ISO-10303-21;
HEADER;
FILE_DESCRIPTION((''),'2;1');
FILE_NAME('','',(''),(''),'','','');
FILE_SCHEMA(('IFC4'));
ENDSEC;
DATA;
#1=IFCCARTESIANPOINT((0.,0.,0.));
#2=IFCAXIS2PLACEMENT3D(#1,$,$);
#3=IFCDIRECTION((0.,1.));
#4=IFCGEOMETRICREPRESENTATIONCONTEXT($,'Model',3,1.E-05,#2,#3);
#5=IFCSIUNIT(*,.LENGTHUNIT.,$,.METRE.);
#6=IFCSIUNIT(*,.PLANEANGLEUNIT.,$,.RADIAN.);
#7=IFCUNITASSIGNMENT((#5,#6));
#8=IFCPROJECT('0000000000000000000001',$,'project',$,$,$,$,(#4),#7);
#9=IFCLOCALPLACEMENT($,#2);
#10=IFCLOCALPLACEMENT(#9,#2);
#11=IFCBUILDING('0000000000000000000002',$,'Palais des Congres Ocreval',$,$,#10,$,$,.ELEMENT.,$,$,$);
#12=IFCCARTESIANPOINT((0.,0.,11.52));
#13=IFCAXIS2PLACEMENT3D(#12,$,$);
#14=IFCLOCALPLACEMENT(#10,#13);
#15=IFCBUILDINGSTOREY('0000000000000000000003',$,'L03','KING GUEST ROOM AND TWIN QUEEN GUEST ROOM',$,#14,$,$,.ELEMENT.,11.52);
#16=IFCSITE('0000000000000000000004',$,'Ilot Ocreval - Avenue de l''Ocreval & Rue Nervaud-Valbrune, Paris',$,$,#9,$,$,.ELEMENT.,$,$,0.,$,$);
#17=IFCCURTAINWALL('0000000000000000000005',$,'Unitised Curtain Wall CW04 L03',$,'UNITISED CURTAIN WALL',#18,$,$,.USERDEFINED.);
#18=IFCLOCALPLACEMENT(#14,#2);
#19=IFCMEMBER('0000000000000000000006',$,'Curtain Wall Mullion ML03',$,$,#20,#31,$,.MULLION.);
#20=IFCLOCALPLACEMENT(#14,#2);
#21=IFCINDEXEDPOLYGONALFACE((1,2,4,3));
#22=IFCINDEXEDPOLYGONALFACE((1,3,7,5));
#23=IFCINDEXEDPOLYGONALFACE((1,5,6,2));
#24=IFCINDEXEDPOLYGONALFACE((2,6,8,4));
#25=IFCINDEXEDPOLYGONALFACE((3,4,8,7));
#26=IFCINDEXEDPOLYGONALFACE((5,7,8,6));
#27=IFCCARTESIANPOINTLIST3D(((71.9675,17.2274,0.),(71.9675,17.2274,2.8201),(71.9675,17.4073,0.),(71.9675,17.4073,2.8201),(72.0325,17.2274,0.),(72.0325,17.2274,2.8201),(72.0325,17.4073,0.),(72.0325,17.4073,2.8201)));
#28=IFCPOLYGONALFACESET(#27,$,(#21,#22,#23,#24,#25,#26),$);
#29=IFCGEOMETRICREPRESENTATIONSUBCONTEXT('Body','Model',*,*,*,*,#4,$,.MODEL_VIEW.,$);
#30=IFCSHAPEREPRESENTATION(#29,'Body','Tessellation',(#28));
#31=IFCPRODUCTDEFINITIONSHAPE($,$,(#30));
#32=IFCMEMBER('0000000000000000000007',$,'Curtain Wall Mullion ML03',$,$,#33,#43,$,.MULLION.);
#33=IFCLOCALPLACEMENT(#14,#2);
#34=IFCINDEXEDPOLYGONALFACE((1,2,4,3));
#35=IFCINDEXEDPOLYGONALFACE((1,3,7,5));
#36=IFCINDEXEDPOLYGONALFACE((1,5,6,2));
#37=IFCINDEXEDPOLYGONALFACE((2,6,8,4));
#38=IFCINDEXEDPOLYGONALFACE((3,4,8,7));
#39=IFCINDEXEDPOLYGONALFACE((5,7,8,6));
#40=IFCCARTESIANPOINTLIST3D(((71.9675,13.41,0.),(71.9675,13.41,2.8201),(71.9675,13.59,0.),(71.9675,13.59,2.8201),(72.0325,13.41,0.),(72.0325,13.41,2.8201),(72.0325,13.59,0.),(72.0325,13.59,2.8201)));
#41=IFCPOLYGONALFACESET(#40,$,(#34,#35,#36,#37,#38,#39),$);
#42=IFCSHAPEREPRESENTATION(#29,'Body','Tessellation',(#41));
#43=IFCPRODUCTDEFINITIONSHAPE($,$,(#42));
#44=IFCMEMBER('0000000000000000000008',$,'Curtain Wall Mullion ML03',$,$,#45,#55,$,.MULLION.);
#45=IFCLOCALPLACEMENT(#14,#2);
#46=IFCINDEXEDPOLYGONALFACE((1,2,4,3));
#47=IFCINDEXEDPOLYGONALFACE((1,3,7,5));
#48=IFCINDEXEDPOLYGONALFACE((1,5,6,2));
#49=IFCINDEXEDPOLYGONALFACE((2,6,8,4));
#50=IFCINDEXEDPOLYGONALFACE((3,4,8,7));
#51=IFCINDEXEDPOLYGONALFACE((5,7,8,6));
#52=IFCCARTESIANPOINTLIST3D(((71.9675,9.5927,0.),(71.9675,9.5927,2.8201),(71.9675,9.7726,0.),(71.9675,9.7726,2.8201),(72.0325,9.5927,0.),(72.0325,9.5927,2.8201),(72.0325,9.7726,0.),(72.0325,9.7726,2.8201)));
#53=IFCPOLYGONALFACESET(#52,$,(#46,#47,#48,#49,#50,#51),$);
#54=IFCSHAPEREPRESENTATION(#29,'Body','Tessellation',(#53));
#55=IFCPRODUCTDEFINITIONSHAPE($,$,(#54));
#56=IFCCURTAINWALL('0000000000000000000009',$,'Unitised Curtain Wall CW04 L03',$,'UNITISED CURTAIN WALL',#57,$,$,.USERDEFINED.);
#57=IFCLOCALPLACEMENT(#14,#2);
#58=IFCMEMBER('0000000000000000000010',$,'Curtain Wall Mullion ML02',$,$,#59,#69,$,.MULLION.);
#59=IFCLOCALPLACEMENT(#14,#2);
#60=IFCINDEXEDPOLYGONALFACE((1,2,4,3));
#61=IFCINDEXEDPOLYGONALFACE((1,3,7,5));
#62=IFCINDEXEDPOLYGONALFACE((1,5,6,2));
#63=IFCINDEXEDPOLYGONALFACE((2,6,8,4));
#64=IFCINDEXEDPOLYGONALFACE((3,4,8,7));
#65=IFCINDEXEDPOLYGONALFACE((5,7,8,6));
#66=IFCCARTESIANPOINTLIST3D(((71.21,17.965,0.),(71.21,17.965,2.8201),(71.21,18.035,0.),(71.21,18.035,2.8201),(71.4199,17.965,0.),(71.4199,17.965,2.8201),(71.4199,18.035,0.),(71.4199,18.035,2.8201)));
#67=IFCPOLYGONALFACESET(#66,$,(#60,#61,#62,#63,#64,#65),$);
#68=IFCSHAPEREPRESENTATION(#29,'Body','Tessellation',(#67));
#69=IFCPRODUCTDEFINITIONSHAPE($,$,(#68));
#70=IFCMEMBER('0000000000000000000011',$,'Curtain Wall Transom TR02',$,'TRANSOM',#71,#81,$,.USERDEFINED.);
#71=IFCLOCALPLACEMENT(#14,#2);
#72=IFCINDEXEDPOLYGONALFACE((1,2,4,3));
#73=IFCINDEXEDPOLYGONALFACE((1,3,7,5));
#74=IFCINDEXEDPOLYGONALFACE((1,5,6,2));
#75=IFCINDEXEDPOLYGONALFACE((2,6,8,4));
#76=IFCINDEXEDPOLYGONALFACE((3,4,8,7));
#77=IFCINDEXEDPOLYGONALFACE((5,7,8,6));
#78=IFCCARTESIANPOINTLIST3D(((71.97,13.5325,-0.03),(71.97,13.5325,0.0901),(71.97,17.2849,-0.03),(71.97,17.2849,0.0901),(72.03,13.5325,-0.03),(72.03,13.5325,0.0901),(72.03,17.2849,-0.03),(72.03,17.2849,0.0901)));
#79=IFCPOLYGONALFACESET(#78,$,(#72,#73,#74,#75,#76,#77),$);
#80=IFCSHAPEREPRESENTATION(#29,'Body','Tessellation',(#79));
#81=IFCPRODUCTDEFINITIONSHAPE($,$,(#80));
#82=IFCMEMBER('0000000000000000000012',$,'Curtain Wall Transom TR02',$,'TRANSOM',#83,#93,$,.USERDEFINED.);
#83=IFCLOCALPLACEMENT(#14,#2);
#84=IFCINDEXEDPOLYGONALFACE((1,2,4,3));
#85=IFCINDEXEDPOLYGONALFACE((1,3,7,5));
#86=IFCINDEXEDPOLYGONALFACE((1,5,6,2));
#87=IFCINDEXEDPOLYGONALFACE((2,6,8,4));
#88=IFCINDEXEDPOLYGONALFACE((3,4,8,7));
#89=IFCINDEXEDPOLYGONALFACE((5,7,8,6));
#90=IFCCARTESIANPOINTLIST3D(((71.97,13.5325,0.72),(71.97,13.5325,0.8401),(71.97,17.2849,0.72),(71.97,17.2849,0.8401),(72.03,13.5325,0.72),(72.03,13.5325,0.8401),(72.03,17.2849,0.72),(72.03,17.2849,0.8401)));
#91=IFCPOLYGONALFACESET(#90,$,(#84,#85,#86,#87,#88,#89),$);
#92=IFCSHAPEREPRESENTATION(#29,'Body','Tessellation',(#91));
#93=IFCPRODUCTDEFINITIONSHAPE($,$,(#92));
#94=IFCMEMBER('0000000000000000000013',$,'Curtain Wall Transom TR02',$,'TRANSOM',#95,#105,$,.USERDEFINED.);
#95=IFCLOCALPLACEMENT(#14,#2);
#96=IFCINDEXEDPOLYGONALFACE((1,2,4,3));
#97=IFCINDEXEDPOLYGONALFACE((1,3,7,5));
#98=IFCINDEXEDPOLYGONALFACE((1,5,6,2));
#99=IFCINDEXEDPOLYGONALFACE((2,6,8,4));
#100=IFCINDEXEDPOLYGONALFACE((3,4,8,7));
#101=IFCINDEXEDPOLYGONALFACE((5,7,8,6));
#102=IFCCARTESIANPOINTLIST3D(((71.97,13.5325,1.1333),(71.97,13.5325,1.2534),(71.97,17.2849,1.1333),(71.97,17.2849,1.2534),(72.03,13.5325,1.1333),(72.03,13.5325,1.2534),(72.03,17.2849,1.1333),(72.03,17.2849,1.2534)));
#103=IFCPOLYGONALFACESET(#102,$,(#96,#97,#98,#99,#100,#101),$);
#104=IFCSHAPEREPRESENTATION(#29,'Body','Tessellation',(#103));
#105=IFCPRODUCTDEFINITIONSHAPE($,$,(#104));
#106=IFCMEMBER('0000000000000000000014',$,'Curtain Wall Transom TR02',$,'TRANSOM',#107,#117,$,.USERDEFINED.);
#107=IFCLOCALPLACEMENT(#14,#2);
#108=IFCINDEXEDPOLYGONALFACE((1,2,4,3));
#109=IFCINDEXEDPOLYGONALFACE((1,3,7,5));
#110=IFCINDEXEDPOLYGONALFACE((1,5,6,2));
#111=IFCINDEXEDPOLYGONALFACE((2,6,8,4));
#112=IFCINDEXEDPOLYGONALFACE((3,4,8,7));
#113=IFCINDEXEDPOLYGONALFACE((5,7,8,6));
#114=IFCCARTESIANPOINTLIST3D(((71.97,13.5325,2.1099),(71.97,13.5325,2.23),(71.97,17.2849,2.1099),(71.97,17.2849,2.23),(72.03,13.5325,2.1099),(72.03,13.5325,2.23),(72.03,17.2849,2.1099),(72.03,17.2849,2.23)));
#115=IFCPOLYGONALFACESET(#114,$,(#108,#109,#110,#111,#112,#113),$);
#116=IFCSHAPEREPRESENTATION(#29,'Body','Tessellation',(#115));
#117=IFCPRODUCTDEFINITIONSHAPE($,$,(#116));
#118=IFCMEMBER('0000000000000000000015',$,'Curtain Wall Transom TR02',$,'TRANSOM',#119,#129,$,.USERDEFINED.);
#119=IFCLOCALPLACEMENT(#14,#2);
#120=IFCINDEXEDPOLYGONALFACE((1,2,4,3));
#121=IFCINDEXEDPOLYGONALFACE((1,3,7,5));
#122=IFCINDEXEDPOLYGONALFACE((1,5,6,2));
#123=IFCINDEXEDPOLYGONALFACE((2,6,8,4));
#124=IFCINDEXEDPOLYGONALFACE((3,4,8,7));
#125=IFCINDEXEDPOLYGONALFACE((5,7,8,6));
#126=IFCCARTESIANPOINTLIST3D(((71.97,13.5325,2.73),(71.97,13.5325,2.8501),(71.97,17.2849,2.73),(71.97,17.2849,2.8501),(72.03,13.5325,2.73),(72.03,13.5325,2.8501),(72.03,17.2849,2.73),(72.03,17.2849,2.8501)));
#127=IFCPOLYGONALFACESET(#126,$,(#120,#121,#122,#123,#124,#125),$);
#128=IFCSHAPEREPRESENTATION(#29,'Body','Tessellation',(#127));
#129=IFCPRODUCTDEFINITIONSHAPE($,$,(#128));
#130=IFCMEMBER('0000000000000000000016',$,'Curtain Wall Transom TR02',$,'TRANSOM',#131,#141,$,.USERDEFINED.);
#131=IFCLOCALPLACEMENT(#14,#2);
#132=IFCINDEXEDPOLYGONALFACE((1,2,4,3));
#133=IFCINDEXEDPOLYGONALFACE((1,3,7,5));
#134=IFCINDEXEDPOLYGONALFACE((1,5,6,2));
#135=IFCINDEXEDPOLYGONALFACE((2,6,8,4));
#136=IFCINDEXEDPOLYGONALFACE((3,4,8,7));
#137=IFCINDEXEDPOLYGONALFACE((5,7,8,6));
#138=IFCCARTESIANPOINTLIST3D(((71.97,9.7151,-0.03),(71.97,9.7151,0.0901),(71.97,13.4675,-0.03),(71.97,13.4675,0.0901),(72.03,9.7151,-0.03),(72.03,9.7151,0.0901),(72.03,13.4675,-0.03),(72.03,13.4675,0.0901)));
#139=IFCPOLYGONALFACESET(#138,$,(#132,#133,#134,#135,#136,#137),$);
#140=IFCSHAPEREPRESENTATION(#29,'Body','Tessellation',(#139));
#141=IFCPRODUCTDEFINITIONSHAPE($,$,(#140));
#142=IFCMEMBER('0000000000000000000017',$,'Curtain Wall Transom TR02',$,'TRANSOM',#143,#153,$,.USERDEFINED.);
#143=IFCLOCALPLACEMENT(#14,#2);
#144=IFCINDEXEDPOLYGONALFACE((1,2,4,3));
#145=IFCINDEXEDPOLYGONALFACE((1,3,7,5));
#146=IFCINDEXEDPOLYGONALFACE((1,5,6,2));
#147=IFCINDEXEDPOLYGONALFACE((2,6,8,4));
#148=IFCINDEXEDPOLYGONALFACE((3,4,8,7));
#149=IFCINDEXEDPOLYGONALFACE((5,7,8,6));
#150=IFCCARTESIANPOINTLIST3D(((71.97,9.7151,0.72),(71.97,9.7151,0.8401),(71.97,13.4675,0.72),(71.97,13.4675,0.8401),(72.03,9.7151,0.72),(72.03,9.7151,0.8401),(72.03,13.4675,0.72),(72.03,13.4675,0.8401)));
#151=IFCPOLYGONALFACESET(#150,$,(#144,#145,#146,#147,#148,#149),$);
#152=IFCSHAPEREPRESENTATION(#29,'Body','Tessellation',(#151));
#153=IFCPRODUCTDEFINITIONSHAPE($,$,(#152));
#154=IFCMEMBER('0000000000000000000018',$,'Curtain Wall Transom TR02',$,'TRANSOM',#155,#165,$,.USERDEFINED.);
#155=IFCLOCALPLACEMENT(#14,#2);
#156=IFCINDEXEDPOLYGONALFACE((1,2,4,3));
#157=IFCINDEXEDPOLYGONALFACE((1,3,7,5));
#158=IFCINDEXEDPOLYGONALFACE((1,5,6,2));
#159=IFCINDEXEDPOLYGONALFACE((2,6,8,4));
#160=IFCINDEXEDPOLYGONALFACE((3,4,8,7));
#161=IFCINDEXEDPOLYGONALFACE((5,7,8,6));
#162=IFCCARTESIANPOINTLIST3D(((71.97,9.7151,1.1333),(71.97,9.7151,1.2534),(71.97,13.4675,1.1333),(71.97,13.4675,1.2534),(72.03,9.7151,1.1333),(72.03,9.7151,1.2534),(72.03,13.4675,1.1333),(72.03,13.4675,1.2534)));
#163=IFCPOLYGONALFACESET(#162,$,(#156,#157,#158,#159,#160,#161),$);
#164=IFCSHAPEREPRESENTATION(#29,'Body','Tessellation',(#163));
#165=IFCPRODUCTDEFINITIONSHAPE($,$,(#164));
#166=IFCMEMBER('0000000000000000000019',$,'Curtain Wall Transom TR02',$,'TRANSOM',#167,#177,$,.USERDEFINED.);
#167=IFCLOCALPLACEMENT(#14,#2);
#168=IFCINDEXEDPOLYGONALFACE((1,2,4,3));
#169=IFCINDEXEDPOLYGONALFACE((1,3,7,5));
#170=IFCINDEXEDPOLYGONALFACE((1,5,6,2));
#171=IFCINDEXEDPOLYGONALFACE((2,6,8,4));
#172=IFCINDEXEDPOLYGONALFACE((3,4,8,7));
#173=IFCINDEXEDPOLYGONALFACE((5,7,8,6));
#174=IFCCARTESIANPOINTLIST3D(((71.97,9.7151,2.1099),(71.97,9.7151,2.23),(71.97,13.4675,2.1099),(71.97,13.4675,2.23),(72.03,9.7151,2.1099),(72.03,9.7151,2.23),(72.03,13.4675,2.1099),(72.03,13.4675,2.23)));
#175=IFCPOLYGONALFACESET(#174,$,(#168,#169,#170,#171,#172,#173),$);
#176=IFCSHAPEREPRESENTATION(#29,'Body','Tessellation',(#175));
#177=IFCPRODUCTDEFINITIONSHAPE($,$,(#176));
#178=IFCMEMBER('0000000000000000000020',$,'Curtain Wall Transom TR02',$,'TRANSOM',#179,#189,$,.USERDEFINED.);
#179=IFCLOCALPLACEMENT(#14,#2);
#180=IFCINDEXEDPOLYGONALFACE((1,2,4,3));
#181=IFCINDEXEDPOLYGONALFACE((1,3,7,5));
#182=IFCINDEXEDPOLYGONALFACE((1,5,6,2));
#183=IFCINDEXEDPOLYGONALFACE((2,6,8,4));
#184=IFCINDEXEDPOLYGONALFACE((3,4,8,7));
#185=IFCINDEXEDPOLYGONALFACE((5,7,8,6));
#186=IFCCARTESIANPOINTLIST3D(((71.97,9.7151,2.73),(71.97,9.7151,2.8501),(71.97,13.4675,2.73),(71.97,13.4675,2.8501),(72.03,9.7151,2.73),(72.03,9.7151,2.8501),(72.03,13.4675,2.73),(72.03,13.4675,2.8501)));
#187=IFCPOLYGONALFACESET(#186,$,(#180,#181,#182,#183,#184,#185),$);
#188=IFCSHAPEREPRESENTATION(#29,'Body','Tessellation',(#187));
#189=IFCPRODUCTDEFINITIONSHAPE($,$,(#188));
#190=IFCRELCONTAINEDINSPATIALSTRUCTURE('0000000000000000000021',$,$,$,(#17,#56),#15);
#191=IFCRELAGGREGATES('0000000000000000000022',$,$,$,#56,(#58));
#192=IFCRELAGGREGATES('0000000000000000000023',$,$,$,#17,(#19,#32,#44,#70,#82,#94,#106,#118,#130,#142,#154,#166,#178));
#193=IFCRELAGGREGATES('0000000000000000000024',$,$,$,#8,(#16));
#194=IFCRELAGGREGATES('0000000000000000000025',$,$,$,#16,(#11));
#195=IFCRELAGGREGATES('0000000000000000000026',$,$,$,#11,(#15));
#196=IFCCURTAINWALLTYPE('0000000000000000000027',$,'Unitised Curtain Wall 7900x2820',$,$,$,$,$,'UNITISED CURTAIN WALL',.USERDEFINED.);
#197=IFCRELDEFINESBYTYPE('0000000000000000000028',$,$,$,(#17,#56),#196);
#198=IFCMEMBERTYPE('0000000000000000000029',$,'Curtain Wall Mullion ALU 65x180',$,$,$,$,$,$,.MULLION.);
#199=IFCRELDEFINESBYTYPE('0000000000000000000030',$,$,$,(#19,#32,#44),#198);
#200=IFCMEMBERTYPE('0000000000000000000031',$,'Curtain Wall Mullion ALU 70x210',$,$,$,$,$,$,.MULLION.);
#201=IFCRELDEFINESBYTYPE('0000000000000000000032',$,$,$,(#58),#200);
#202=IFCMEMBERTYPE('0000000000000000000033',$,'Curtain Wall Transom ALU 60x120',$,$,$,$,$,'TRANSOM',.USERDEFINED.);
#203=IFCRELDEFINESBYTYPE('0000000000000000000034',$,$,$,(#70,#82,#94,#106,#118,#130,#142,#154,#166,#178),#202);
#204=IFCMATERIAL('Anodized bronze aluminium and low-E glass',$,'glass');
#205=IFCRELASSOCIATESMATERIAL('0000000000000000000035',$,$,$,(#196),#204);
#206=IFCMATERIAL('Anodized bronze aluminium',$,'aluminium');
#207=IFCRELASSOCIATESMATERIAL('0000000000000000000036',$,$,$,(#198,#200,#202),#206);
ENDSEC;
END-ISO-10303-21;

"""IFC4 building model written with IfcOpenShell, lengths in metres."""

from ifc_helpers import new_model, si_unit, direction, frame, origin, origin_2d, place, context, subcontext, project, spatial, rectangle, extrude, material, material_profile, profile_set, type_object, element, aggregate, save


model = new_model("IFC4")

# Units and contexts
model_context = context("Model", 3, precision=1e-05, world=origin(), true_north=direction((0.0, 1.0)))
body_context = subcontext(model_context, "Body", "Model", "MODEL_VIEW")
ifc_project = project(units=[si_unit("LENGTHUNIT", "METRE"), si_unit("PLANEANGLEUNIT", "RADIAN")], contexts=[model_context])

# Site, building, storey
site_placement = place(None, origin())
site = spatial("IfcSite", under=ifc_project, at=site_placement, Name="Ilot Ocreval - Avenue de l'Ocreval & Rue Nervaud-Valbrune, Paris", CompositionType="ELEMENT", RefElevation=0.0)
building_placement = place(site_placement, origin())
building = spatial("IfcBuilding", under=site, at=building_placement, Name="Palais des Congres Ocreval", CompositionType="ELEMENT")
storey_placement = place(building_placement, frame((0.0, 0.0, 11.52)))
storey = spatial("IfcBuildingStorey", under=building, at=storey_placement, Name="L03", Description="KING GUEST ROOM AND TWIN QUEEN GUEST ROOM", CompositionType="ELEMENT", Elevation=11.52)

# Curtain wall, members
ifc_material_1 = material(Name="Anodized bronze aluminium and low-E glass", Category="glass")
curtain_wall_type = type_object("IfcCurtainWallType", Name="Unitised Curtain Wall 7900x2820", ElementType="UNITISED CURTAIN WALL", PredefinedType="USERDEFINED", material=ifc_material_1)
curtain_wall_1_placement = place(storey_placement, origin())
curtain_wall_1 = element("IfcCurtainWall", 1, at=curtain_wall_1_placement, inside=storey, type_object=curtain_wall_type, Name="Unitised Curtain Wall CW04 L03", ObjectType="UNITISED CURTAIN WALL", PredefinedType="USERDEFINED")
ifc_material_2 = material(Name="Anodized bronze aluminium", Category="aluminium")
ifc_material_profile_1 = material_profile(ifc_material_2, rectangle(XDim=0.0649, YDim=0.1799, at=origin_2d()), Name="ALU 65x180")
ifc_profile_set_1 = profile_set([ifc_material_profile_1], Name="Anodized bronze aluminium")
member_type_1 = type_object("IfcMemberType", Name="Curtain Wall Mullion ALU 65x180", PredefinedType="MULLION", material=ifc_profile_set_1)
member_1_placement = place(storey_placement, frame((72.0, 17.3174, 0.0), z_axis=(0.0, 0.0, 1.0), x_axis=(1.0, 0.0, 0.0)))
member_1 = element("IfcMember", 2, at=member_1_placement, type_object=member_type_1, Name="Curtain Wall Mullion ML03", PredefinedType="MULLION", context=body_context, shape_type="SweptSolid", body=[
    extrude(rectangle(XDim=0.0649, YDim=0.1799, at=origin_2d()), origin(), (0.0, 0.0, 1.0), 2.8201),
])
member_2_placement = place(storey_placement, frame((72.0, 13.5, 0.0), z_axis=(0.0, 0.0, 1.0), x_axis=(1.0, 0.0, 0.0)))
member_2 = element("IfcMember", 3, at=member_2_placement, type_object=member_type_1, Name="Curtain Wall Mullion ML03", PredefinedType="MULLION", context=body_context, shape_type="SweptSolid", body=[
    extrude(rectangle(XDim=0.0649, YDim=0.1799, at=origin_2d()), origin(), (0.0, 0.0, 1.0), 2.8201),
])
member_3_placement = place(storey_placement, frame((72.0, 9.6826, 0.0), z_axis=(0.0, 0.0, 1.0), x_axis=(1.0, 0.0, 0.0)))
member_3 = element("IfcMember", 4, at=member_3_placement, type_object=member_type_1, Name="Curtain Wall Mullion ML03", PredefinedType="MULLION", context=body_context, shape_type="SweptSolid", body=[
    extrude(rectangle(XDim=0.0649, YDim=0.1799, at=origin_2d()), origin(), (0.0, 0.0, 1.0), 2.8201),
])

# Curtain wall, member
curtain_wall_2_placement = place(storey_placement, origin())
curtain_wall_2 = element("IfcCurtainWall", 5, at=curtain_wall_2_placement, inside=storey, type_object=curtain_wall_type, Name="Unitised Curtain Wall CW04 L03", ObjectType="UNITISED CURTAIN WALL", PredefinedType="USERDEFINED")
ifc_material_profile_2 = material_profile(ifc_material_2, rectangle(XDim=0.0701, YDim=0.21, at=origin_2d()), Name="ALU 70x210")
ifc_profile_set_2 = profile_set([ifc_material_profile_2], Name="Anodized bronze aluminium")
member_type_2 = type_object("IfcMemberType", Name="Curtain Wall Mullion ALU 70x210", PredefinedType="MULLION", material=ifc_profile_set_2)
member_4_placement = place(storey_placement, frame((71.3149, 18.0, 0.0), z_axis=(0.0, 0.0, 1.0), x_axis=(0.0, 1.0, 0.0)))
member_4 = element("IfcMember", 6, at=member_4_placement, type_object=member_type_2, Name="Curtain Wall Mullion ML02", PredefinedType="MULLION", context=body_context, shape_type="SweptSolid", body=[
    extrude(rectangle(XDim=0.0701, YDim=0.21, at=origin_2d()), origin(), (0.0, 0.0, 1.0), 2.8201),
])

# Members
ifc_material_profile_3 = material_profile(ifc_material_2, rectangle(XDim=0.0601, YDim=0.1201, at=origin_2d()), Name="ALU 60x120")
ifc_profile_set_3 = profile_set([ifc_material_profile_3], Name="Anodized bronze aluminium")
member_type_3 = type_object("IfcMemberType", Name="Curtain Wall Transom ALU 60x120", ElementType="TRANSOM", PredefinedType="USERDEFINED", material=ifc_profile_set_3)
member_5_placement = place(storey_placement, frame((72.0, 17.2849, 0.03), z_axis=(0.0, -1.0, 0.0), x_axis=(1.0, 0.0, 0.0)))
member_5 = element("IfcMember", 7, at=member_5_placement, type_object=member_type_3, Name="Curtain Wall Transom TR02", ObjectType="TRANSOM", PredefinedType="USERDEFINED", context=body_context, shape_type="SweptSolid", body=[
    extrude(rectangle(XDim=0.0601, YDim=0.1201, at=origin_2d()), origin(), (0.0, 0.0, 1.0), 3.7524),
])
member_6_placement = place(storey_placement, frame((72.0, 17.2849, 0.78), z_axis=(0.0, -1.0, 0.0), x_axis=(1.0, 0.0, 0.0)))
member_6 = element("IfcMember", 8, at=member_6_placement, type_object=member_type_3, Name="Curtain Wall Transom TR02", ObjectType="TRANSOM", PredefinedType="USERDEFINED", context=body_context, shape_type="SweptSolid", body=[
    extrude(rectangle(XDim=0.0601, YDim=0.1201, at=origin_2d()), origin(), (0.0, 0.0, 1.0), 3.7524),
])
member_7_placement = place(storey_placement, frame((72.0, 17.2849, 1.1934), z_axis=(0.0, -1.0, 0.0), x_axis=(1.0, 0.0, 0.0)))
member_7 = element("IfcMember", 9, at=member_7_placement, type_object=member_type_3, Name="Curtain Wall Transom TR02", ObjectType="TRANSOM", PredefinedType="USERDEFINED", context=body_context, shape_type="SweptSolid", body=[
    extrude(rectangle(XDim=0.0601, YDim=0.1201, at=origin_2d()), origin(), (0.0, 0.0, 1.0), 3.7524),
])
member_8_placement = place(storey_placement, frame((72.0, 17.2849, 2.1699), z_axis=(0.0, -1.0, 0.0), x_axis=(1.0, 0.0, 0.0)))
member_8 = element("IfcMember", 10, at=member_8_placement, type_object=member_type_3, Name="Curtain Wall Transom TR02", ObjectType="TRANSOM", PredefinedType="USERDEFINED", context=body_context, shape_type="SweptSolid", body=[
    extrude(rectangle(XDim=0.0601, YDim=0.1201, at=origin_2d()), origin(), (0.0, 0.0, 1.0), 3.7524),
])
member_9_placement = place(storey_placement, frame((72.0, 17.2849, 2.79), z_axis=(0.0, -1.0, 0.0), x_axis=(1.0, 0.0, 0.0)))
member_9 = element("IfcMember", 11, at=member_9_placement, type_object=member_type_3, Name="Curtain Wall Transom TR02", ObjectType="TRANSOM", PredefinedType="USERDEFINED", context=body_context, shape_type="SweptSolid", body=[
    extrude(rectangle(XDim=0.0601, YDim=0.1201, at=origin_2d()), origin(), (0.0, 0.0, 1.0), 3.7524),
])
member_10_placement = place(storey_placement, frame((72.0, 13.4675, 0.03), z_axis=(0.0, -1.0, 0.0), x_axis=(1.0, 0.0, 0.0)))
member_10 = element("IfcMember", 12, at=member_10_placement, type_object=member_type_3, Name="Curtain Wall Transom TR02", ObjectType="TRANSOM", PredefinedType="USERDEFINED", context=body_context, shape_type="SweptSolid", body=[
    extrude(rectangle(XDim=0.0601, YDim=0.1201, at=origin_2d()), origin(), (0.0, 0.0, 1.0), 3.7524),
])
member_11_placement = place(storey_placement, frame((72.0, 13.4675, 0.78), z_axis=(0.0, -1.0, 0.0), x_axis=(1.0, 0.0, 0.0)))
member_11 = element("IfcMember", 13, at=member_11_placement, type_object=member_type_3, Name="Curtain Wall Transom TR02", ObjectType="TRANSOM", PredefinedType="USERDEFINED", context=body_context, shape_type="SweptSolid", body=[
    extrude(rectangle(XDim=0.0601, YDim=0.1201, at=origin_2d()), origin(), (0.0, 0.0, 1.0), 3.7524),
])
member_12_placement = place(storey_placement, frame((72.0, 13.4675, 1.1934), z_axis=(0.0, -1.0, 0.0), x_axis=(1.0, 0.0, 0.0)))
member_12 = element("IfcMember", 14, at=member_12_placement, type_object=member_type_3, Name="Curtain Wall Transom TR02", ObjectType="TRANSOM", PredefinedType="USERDEFINED", context=body_context, shape_type="SweptSolid", body=[
    extrude(rectangle(XDim=0.0601, YDim=0.1201, at=origin_2d()), origin(), (0.0, 0.0, 1.0), 3.7524),
])
member_13_placement = place(storey_placement, frame((72.0, 13.4675, 2.1699), z_axis=(0.0, -1.0, 0.0), x_axis=(1.0, 0.0, 0.0)))
member_13 = element("IfcMember", 15, at=member_13_placement, type_object=member_type_3, Name="Curtain Wall Transom TR02", ObjectType="TRANSOM", PredefinedType="USERDEFINED", context=body_context, shape_type="SweptSolid", body=[
    extrude(rectangle(XDim=0.0601, YDim=0.1201, at=origin_2d()), origin(), (0.0, 0.0, 1.0), 3.7524),
])
member_14_placement = place(storey_placement, frame((72.0, 13.4675, 2.79), z_axis=(0.0, -1.0, 0.0), x_axis=(1.0, 0.0, 0.0)))
member_14 = element("IfcMember", 16, at=member_14_placement, type_object=member_type_3, Name="Curtain Wall Transom TR02", ObjectType="TRANSOM", PredefinedType="USERDEFINED", context=body_context, shape_type="SweptSolid", body=[
    extrude(rectangle(XDim=0.0601, YDim=0.1201, at=origin_2d()), origin(), (0.0, 0.0, 1.0), 3.7524),
])

aggregate(curtain_wall_2, [member_4])
aggregate(curtain_wall_1, [member_1, member_2, member_3, member_5, member_6, member_7, member_8, member_9, member_10, member_11, member_12, member_13, member_14])

save(model, "model.ifc")
